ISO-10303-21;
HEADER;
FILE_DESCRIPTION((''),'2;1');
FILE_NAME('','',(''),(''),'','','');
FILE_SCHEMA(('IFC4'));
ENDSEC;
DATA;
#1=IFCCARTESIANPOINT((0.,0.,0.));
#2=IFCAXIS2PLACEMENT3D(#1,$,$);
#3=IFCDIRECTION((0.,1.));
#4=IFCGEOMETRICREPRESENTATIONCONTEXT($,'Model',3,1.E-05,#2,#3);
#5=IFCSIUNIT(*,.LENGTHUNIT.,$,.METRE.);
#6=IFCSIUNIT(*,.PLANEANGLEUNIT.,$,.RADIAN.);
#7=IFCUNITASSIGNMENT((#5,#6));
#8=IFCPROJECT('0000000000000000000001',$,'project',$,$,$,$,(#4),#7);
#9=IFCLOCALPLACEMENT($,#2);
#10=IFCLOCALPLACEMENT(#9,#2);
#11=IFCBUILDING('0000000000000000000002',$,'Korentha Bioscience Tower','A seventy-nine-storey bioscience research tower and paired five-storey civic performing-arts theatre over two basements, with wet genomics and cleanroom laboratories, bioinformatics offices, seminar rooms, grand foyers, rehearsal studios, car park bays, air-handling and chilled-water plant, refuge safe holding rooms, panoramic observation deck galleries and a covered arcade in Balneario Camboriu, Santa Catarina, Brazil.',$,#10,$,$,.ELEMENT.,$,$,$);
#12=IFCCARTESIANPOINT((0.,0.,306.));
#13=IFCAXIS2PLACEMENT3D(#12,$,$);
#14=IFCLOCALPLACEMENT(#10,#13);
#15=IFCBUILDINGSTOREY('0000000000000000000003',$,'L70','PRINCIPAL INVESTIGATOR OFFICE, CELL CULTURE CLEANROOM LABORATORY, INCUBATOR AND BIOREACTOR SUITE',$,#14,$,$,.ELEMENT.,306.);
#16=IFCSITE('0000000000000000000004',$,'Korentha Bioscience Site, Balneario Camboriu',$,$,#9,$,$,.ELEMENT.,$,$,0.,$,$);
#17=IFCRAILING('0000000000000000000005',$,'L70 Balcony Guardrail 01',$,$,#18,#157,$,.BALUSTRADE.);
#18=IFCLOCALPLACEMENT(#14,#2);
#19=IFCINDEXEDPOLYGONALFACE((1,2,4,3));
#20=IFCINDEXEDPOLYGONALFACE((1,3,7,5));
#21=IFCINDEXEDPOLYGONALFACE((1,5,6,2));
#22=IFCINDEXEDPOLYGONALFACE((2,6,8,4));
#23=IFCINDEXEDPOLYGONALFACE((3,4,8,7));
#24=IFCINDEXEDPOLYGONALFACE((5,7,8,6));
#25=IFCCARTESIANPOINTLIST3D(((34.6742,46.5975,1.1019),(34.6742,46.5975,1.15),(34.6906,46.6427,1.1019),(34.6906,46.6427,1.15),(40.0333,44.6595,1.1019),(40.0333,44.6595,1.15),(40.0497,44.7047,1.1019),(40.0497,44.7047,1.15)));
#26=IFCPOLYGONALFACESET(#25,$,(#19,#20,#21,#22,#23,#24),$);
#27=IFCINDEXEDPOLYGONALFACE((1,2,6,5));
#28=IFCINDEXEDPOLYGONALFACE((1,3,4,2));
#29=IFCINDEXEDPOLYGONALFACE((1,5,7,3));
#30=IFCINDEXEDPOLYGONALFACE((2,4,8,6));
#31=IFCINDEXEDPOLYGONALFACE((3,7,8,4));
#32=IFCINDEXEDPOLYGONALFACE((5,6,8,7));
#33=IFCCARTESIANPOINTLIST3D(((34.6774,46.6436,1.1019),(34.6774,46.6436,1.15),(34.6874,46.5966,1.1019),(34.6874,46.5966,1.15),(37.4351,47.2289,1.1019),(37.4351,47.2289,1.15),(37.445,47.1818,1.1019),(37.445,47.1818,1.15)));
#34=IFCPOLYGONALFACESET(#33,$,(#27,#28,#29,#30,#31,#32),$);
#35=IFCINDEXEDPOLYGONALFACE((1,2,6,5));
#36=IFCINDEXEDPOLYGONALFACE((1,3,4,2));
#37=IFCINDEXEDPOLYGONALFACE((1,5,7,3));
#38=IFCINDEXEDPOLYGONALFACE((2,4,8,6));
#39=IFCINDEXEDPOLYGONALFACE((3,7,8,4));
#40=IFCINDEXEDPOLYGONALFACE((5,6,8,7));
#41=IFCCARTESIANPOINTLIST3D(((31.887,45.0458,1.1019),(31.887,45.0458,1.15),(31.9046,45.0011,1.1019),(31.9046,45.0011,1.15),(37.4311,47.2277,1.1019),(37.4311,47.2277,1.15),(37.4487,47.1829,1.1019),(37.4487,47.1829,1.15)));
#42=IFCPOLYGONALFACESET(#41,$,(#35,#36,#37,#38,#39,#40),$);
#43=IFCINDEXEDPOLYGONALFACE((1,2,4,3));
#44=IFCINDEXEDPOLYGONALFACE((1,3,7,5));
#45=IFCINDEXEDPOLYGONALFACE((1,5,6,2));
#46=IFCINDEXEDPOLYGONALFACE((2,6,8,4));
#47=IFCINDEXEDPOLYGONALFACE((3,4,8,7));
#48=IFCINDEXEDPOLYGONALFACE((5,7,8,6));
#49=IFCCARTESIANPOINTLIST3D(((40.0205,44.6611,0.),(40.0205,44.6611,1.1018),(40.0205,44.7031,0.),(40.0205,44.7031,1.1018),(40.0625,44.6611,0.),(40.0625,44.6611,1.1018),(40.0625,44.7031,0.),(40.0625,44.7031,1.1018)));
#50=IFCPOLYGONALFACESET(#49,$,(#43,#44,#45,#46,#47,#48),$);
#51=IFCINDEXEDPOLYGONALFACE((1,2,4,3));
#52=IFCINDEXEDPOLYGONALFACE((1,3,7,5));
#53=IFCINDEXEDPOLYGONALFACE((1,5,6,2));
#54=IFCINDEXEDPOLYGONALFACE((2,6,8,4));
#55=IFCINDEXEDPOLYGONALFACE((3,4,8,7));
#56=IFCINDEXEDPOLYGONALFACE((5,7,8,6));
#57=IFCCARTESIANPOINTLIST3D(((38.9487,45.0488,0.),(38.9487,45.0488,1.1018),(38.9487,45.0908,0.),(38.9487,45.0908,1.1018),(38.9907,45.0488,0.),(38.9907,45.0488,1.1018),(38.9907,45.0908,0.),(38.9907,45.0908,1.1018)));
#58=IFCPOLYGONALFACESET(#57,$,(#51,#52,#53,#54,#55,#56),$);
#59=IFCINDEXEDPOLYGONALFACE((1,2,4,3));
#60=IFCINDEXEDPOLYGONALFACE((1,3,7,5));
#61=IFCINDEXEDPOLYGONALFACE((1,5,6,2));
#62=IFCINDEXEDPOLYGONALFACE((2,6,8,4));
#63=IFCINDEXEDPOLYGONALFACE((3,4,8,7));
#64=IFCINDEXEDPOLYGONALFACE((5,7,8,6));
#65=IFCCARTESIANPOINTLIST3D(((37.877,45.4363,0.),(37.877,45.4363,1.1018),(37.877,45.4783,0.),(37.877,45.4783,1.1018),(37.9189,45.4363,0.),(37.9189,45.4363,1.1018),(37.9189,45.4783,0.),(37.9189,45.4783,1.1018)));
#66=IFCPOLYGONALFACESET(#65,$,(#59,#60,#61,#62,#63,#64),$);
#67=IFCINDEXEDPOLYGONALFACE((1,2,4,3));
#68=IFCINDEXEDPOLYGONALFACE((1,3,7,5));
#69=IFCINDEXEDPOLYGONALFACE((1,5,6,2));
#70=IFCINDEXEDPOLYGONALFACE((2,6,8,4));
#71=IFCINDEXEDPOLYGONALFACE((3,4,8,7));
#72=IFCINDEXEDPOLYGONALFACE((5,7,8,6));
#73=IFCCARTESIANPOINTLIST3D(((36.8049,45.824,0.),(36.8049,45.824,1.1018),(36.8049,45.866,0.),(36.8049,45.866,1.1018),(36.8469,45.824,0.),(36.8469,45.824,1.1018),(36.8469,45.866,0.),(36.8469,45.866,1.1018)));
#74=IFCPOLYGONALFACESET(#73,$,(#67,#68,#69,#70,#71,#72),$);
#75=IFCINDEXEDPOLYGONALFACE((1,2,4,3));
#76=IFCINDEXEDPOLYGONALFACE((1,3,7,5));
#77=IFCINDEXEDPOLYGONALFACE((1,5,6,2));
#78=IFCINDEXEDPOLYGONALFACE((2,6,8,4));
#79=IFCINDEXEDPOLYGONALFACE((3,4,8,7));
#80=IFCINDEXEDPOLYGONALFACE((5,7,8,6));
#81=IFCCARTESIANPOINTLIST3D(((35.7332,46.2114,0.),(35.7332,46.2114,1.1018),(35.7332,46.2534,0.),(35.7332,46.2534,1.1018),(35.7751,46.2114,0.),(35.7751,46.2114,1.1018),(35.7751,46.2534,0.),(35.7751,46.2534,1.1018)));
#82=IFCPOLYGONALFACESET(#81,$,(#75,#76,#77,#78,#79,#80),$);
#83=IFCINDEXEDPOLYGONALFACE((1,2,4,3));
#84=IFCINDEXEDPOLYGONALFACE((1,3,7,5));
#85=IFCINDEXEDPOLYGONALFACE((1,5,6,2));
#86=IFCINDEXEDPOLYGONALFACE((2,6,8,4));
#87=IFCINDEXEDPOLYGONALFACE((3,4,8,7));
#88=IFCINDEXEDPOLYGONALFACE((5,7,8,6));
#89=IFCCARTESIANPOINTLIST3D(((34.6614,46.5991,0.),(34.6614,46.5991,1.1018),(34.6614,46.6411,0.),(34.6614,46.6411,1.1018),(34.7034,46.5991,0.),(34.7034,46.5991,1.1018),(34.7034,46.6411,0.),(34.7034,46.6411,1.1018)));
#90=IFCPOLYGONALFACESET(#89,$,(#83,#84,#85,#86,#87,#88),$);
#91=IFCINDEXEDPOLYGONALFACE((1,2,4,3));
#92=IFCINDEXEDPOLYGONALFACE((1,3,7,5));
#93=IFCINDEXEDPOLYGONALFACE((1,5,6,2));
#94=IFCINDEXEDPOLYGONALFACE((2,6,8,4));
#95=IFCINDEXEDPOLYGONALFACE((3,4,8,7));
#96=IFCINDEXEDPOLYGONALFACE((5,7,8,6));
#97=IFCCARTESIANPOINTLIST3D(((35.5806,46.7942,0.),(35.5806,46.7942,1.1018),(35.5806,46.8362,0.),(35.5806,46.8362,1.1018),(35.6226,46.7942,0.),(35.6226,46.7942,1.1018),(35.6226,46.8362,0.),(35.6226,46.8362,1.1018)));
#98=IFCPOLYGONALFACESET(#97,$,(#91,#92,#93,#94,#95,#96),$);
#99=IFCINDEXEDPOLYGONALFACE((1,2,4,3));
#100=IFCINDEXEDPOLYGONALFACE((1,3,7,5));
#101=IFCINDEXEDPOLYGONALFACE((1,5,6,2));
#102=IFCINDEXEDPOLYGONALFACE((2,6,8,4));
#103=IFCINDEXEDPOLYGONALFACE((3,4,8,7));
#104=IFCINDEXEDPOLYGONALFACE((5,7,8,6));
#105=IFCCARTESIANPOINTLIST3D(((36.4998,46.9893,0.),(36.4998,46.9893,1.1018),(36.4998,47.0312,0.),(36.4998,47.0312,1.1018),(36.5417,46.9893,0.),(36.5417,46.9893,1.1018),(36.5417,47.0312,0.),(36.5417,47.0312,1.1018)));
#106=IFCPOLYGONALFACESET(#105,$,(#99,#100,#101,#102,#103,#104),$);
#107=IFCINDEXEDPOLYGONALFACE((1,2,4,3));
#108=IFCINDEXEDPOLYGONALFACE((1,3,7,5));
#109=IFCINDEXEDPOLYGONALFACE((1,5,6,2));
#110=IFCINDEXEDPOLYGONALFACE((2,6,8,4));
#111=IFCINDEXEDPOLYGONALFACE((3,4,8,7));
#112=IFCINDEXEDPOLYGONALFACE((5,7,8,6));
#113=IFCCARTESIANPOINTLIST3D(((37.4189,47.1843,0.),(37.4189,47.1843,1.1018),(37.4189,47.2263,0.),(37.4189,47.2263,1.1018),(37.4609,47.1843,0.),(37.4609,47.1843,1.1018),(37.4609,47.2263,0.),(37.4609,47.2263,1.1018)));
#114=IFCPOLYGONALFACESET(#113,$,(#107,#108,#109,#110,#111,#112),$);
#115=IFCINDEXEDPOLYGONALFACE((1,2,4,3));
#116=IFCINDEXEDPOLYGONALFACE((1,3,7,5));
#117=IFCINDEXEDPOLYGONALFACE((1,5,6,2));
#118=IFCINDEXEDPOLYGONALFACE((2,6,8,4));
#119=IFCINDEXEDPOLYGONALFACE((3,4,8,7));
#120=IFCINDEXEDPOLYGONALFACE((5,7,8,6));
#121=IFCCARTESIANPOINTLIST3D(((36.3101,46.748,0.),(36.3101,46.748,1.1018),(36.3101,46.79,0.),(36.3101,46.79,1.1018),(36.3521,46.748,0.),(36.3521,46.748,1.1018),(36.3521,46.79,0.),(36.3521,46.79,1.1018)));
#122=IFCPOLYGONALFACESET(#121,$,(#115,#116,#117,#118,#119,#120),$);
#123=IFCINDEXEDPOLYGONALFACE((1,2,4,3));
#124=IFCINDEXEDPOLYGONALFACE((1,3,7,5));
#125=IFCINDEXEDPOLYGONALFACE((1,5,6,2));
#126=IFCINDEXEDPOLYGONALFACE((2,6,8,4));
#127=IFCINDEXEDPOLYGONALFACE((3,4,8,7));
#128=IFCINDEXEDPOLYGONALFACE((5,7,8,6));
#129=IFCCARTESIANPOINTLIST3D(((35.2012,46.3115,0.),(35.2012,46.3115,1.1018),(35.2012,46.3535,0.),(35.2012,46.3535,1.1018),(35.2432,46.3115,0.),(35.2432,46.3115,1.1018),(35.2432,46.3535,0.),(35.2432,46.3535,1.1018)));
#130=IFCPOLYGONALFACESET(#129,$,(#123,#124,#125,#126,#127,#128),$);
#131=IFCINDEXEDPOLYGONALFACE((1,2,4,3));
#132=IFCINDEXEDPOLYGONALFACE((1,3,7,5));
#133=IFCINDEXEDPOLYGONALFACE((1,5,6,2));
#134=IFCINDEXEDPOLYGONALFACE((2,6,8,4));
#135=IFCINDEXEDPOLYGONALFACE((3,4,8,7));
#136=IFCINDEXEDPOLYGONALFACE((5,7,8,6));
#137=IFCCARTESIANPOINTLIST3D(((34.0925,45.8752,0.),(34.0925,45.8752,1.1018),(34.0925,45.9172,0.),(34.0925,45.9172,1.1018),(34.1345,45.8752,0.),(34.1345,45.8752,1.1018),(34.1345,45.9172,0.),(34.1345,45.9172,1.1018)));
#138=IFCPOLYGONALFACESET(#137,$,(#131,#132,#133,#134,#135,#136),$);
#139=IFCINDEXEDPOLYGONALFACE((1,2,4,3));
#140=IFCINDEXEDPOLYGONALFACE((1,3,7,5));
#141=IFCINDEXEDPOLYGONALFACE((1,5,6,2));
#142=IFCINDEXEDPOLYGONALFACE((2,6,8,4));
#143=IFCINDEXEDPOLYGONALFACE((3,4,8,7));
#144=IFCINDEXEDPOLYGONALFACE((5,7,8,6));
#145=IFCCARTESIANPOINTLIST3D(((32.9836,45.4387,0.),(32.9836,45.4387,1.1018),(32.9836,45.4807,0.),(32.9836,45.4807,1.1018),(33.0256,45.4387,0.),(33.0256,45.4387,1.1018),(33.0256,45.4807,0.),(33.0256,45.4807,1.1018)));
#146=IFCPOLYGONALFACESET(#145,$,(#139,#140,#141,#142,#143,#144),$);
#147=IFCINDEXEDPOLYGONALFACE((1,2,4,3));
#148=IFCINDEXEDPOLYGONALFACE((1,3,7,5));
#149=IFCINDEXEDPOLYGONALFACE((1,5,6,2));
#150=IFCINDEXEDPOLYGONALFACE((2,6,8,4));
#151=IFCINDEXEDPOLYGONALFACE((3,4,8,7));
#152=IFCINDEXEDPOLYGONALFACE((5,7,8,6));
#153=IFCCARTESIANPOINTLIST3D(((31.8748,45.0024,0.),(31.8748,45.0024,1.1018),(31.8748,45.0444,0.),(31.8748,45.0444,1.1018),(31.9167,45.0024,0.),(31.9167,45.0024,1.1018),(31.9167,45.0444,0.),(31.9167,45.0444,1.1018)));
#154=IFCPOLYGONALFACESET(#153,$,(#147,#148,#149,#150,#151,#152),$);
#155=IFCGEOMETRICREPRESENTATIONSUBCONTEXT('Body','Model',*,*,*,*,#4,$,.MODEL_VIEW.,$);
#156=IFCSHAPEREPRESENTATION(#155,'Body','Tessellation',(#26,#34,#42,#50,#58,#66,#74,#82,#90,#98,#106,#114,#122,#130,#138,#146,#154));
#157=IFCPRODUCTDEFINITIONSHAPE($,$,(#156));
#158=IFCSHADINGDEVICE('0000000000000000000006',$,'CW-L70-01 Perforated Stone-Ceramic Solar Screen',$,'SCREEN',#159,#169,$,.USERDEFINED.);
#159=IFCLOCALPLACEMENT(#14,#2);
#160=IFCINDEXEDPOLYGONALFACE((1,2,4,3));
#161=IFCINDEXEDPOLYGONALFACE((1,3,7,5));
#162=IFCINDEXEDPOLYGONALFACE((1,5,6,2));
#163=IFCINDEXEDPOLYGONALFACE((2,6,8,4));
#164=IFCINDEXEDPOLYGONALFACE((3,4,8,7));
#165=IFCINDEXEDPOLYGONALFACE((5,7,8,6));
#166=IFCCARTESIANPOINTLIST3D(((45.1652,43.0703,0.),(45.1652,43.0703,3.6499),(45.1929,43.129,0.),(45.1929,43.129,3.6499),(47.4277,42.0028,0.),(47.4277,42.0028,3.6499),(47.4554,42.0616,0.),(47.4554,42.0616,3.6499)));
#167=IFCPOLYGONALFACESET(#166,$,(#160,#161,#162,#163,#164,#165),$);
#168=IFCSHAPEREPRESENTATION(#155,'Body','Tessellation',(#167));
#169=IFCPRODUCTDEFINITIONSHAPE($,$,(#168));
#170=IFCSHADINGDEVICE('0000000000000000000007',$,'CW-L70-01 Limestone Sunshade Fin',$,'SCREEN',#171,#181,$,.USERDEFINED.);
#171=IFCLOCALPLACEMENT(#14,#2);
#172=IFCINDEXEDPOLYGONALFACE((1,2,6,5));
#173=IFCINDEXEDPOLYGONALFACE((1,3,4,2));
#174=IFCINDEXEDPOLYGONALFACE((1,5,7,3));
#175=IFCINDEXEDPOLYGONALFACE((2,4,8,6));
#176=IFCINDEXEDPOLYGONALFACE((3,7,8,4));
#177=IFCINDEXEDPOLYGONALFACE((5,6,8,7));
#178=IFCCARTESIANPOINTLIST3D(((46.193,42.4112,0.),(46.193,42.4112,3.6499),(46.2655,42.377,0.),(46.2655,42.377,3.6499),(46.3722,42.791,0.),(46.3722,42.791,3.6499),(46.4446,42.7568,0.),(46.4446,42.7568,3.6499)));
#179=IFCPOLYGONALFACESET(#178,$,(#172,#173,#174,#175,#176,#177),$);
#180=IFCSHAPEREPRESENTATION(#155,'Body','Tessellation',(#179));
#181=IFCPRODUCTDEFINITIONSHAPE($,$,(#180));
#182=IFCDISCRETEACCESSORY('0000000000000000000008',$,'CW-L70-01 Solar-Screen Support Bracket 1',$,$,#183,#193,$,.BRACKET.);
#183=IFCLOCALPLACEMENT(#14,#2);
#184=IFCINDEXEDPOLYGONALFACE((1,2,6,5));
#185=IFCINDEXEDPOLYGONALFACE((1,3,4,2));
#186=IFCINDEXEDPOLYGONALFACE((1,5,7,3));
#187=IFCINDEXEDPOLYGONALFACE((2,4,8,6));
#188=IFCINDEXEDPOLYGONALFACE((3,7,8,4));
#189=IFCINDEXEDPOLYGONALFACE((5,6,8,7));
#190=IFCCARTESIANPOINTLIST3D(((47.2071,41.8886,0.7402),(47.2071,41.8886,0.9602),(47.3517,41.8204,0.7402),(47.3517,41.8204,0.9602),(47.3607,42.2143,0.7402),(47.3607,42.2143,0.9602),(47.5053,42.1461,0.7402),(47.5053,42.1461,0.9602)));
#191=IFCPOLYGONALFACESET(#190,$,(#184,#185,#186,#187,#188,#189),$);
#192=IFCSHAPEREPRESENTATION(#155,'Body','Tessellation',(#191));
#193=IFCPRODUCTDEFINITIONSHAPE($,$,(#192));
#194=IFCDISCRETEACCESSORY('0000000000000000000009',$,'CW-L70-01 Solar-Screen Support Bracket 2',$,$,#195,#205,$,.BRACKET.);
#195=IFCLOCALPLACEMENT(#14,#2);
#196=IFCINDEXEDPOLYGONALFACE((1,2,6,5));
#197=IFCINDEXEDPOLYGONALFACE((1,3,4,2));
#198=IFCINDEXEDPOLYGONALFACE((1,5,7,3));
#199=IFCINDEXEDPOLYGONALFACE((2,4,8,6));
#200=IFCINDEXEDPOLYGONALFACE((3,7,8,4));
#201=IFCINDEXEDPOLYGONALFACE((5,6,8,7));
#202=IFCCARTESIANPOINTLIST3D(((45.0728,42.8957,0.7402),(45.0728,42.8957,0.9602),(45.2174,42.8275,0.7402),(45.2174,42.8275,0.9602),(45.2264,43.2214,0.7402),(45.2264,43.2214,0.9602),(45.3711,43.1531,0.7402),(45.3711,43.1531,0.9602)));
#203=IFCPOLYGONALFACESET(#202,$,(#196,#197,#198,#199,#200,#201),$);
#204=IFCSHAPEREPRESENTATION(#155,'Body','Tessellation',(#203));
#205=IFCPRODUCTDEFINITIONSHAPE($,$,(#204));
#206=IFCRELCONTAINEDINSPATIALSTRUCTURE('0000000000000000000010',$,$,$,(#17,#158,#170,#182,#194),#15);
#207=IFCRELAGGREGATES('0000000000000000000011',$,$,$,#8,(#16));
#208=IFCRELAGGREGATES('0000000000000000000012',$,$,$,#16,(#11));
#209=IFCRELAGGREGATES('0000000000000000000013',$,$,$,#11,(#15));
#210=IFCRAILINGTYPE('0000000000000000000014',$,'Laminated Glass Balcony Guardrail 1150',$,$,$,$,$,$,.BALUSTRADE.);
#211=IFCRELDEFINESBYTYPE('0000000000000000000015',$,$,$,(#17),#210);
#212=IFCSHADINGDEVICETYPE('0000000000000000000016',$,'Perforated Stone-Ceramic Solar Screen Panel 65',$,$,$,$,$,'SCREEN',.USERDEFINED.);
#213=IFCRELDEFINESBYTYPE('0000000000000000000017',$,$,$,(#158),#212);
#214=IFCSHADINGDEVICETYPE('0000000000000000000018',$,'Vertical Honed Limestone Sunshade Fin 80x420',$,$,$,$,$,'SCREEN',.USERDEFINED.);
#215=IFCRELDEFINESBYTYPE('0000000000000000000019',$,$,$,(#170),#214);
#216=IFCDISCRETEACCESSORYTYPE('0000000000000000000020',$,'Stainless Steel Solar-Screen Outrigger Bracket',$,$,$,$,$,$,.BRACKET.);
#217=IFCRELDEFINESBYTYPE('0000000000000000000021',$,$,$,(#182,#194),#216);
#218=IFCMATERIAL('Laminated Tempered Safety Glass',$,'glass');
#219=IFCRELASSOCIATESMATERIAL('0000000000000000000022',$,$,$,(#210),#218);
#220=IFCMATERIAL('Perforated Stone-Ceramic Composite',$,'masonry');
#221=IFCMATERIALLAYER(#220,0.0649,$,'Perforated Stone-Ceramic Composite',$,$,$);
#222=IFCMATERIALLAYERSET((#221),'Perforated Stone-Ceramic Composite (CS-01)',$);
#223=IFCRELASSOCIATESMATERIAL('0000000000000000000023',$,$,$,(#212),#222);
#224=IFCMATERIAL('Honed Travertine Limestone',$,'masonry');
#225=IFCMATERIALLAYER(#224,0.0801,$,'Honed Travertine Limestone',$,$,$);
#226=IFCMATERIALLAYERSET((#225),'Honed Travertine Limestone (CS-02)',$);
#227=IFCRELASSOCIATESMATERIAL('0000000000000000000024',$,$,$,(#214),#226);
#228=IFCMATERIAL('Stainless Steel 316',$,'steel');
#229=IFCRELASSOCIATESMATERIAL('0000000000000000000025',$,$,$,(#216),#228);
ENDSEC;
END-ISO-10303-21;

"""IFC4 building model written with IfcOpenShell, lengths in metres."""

from ifc_helpers import new_model, si_unit, direction, frame, origin, origin_2d, place, context, subcontext, project, spatial, rectangle, extrude, material, layer, layer_set, type_object, element, save


model = new_model("IFC4")

# Units and contexts
model_context = context("Model", 3, precision=1e-05, world=origin(), true_north=direction((0.0, 1.0)))
body_context = subcontext(model_context, "Body", "Model", "MODEL_VIEW")
ifc_project = project(units=[si_unit("LENGTHUNIT", "METRE"), si_unit("PLANEANGLEUNIT", "RADIAN")], contexts=[model_context])

# Site, building, storey
site_placement = place(None, origin())
site = spatial("IfcSite", under=ifc_project, at=site_placement, Name="Korentha Bioscience Site, Balneario Camboriu", CompositionType="ELEMENT", RefElevation=0.0)
building_placement = place(site_placement, origin())
building = spatial("IfcBuilding", under=site, at=building_placement, Name="Korentha Bioscience Tower", Description="A seventy-nine-storey bioscience research tower and paired five-storey civic performing-arts theatre over two basements, with wet genomics and cleanroom laboratories, bioinformatics offices, seminar rooms, grand foyers, rehearsal studios, car park bays, air-handling and chilled-water plant, refuge safe holding rooms, panoramic observation deck galleries and a covered arcade in Balneario Camboriu, Santa Catarina, Brazil.", CompositionType="ELEMENT")
storey_placement = place(building_placement, frame((0.0, 0.0, 306.0)))
storey = spatial("IfcBuildingStorey", under=building, at=storey_placement, Name="L70", Description="PRINCIPAL INVESTIGATOR OFFICE, CELL CULTURE CLEANROOM LABORATORY, INCUBATOR AND BIOREACTOR SUITE", CompositionType="ELEMENT", Elevation=306.0)

# Railing
ifc_material_1 = material(Name="Laminated Tempered Safety Glass", Category="glass")
railing_type = type_object("IfcRailingType", Name="Laminated Glass Balcony Guardrail 1150", PredefinedType="BALUSTRADE", material=ifc_material_1)
railing_placement = place(storey_placement, frame((40.0415, 44.6821, 0.0)))
element("IfcRailing", 1, at=railing_placement, inside=storey, type_object=railing_type, Name="L70 Balcony Guardrail 01", PredefinedType="BALUSTRADE", context=body_context, shape_type="SweptSolid", body=[
    extrude(rectangle(XDim=0.0481, YDim=0.0481, at=origin_2d()), frame((0.0, 0.0, 1.126), z_axis=(-0.9404, 0.340071, 0.0), x_axis=(-0.340071, -0.9404, 0.0)), (0.0, 0.0, 1.0), 5.6987),
    extrude(rectangle(XDim=0.0481, YDim=0.0481, at=origin_2d()), frame((-5.3591, 1.938, 1.126), z_axis=(0.978215, 0.207595, 0.0), x_axis=(-0.207595, 0.978215, 0.0)), (0.0, 0.0, 1.0), 2.8191),
    extrude(rectangle(XDim=0.0481, YDim=0.0481, at=origin_2d()), frame((-2.6016, 2.5232, 1.126), z_axis=(-0.930534, -0.366206, 0.0), x_axis=(0.366206, -0.930534, 0.0)), (0.0, 0.0, 1.0), 5.958),
    extrude(rectangle(XDim=0.042, YDim=0.042, at=origin_2d()), origin(), (0.0, 0.0, 1.0), 1.1018),
    extrude(rectangle(XDim=0.042, YDim=0.042, at=origin_2d()), frame((-1.0718, 0.3877, 0.0)), (0.0, 0.0, 1.0), 1.1018),
    extrude(rectangle(XDim=0.042, YDim=0.042, at=origin_2d()), frame((-2.1436, 0.7751, 0.0)), (0.0, 0.0, 1.0), 1.1018),
    extrude(rectangle(XDim=0.042, YDim=0.042, at=origin_2d()), frame((-3.2156, 1.1628, 0.0)), (0.0, 0.0, 1.0), 1.1018),
    extrude(rectangle(XDim=0.042, YDim=0.042, at=origin_2d()), frame((-4.2874, 1.5503, 0.0)), (0.0, 0.0, 1.0), 1.1018),
    extrude(rectangle(XDim=0.042, YDim=0.042, at=origin_2d()), frame((-5.3591, 1.938, 0.0)), (0.0, 0.0, 1.0), 1.1018),
    extrude(rectangle(XDim=0.042, YDim=0.042, at=origin_2d()), frame((-4.4399, 2.1331, 0.0)), (0.0, 0.0, 1.0), 1.1018),
    extrude(rectangle(XDim=0.042, YDim=0.042, at=origin_2d()), frame((-3.5208, 2.3281, 0.0)), (0.0, 0.0, 1.0), 1.1018),
    extrude(rectangle(XDim=0.042, YDim=0.042, at=origin_2d()), frame((-2.6016, 2.5232, 0.0)), (0.0, 0.0, 1.0), 1.1018),
    extrude(rectangle(XDim=0.042, YDim=0.042, at=origin_2d()), frame((-3.7104, 2.0869, 0.0)), (0.0, 0.0, 1.0), 1.1018),
    extrude(rectangle(XDim=0.042, YDim=0.042, at=origin_2d()), frame((-4.8193, 1.6504, 0.0)), (0.0, 0.0, 1.0), 1.1018),
    extrude(rectangle(XDim=0.042, YDim=0.042, at=origin_2d()), frame((-5.928, 1.2141, 0.0)), (0.0, 0.0, 1.0), 1.1018),
    extrude(rectangle(XDim=0.042, YDim=0.042, at=origin_2d()), frame((-7.0369, 0.7776, 0.0)), (0.0, 0.0, 1.0), 1.1018),
    extrude(rectangle(XDim=0.042, YDim=0.042, at=origin_2d()), frame((-8.1458, 0.3413, 0.0)), (0.0, 0.0, 1.0), 1.1018),
])

# Shading devices
ifc_material_2 = material(Name="Perforated Stone-Ceramic Composite", Category="masonry")
ifc_layer_1 = layer(ifc_material_2, 0.0649, Name="Perforated Stone-Ceramic Composite")
ifc_layer_set_1 = layer_set([ifc_layer_1], Name="Perforated Stone-Ceramic Composite (CS-01)")
shading_device_type_1 = type_object("IfcShadingDeviceType", Name="Perforated Stone-Ceramic Solar Screen Panel 65", ElementType="SCREEN", PredefinedType="USERDEFINED", material=ifc_layer_set_1)
shading_device_1_placement = place(storey_placement, frame((46.3103, 42.5659, 0.0), z_axis=(0.0, 0.0, 1.0), x_axis=(-0.904397, 0.426691, 0.0)))
element("IfcShadingDevice", 2, at=shading_device_1_placement, inside=storey, type_object=shading_device_type_1, Name="CW-L70-01 Perforated Stone-Ceramic Solar Screen", ObjectType="SCREEN", PredefinedType="USERDEFINED", context=body_context, shape_type="SweptSolid", body=[
    extrude(rectangle(XDim=2.5017, YDim=0.0649, at=origin_2d()), origin(), (0.0, 0.0, 1.0), 3.6499),
])
ifc_material_3 = material(Name="Honed Travertine Limestone", Category="masonry")
ifc_layer_2 = layer(ifc_material_3, 0.0801, Name="Honed Travertine Limestone")
ifc_layer_set_2 = layer_set([ifc_layer_2], Name="Honed Travertine Limestone (CS-02)")
shading_device_type_2 = type_object("IfcShadingDeviceType", Name="Vertical Honed Limestone Sunshade Fin 80x420", ElementType="SCREEN", PredefinedType="USERDEFINED", material=ifc_layer_set_2)
shading_device_2_placement = place(storey_placement, frame((46.3188, 42.584, 0.0), z_axis=(0.0, 0.0, 1.0), x_axis=(-0.904397, 0.426691, 0.0)))
element("IfcShadingDevice", 3, at=shading_device_2_placement, inside=storey, type_object=shading_device_type_2, Name="CW-L70-01 Limestone Sunshade Fin", ObjectType="SCREEN", PredefinedType="USERDEFINED", context=body_context, shape_type="SweptSolid", body=[
    extrude(rectangle(XDim=0.0801, YDim=0.4199, at=origin_2d()), origin(), (0.0, 0.0, 1.0), 3.6499),
])

# Discrete accessories
ifc_material_4 = material(Name="Stainless Steel 316", Category="steel")
discrete_accessory_type = type_object("IfcDiscreteAccessoryType", Name="Stainless Steel Solar-Screen Outrigger Bracket", PredefinedType="BRACKET", material=ifc_material_4)
for number, where, z_axis, x_axis, name in (
    (4, (47.3562, 42.0173, 0.7402), (0.0, 0.0, 1.0), (-0.904397, 0.426691, 0.0), "CW-L70-01 Solar-Screen Support Bracket 1"),
    (5, (45.2219, 43.0244, 0.7402), (0.0, 0.0, 1.0), (-0.904397, 0.426691, 0.0), "CW-L70-01 Solar-Screen Support Bracket 2"),
):
    element("IfcDiscreteAccessory", number, at=place(storey_placement, frame(where, z_axis=z_axis, x_axis=x_axis)), inside=storey, type_object=discrete_accessory_type, Name=name, PredefinedType="BRACKET", context=body_context, shape_type="SweptSolid", body=[
        extrude(rectangle(XDim=0.1599, YDim=0.3601, at=origin_2d()), origin(), (0.0, 0.0, 1.0), 0.22),
    ])

save(model, "model.ifc")
